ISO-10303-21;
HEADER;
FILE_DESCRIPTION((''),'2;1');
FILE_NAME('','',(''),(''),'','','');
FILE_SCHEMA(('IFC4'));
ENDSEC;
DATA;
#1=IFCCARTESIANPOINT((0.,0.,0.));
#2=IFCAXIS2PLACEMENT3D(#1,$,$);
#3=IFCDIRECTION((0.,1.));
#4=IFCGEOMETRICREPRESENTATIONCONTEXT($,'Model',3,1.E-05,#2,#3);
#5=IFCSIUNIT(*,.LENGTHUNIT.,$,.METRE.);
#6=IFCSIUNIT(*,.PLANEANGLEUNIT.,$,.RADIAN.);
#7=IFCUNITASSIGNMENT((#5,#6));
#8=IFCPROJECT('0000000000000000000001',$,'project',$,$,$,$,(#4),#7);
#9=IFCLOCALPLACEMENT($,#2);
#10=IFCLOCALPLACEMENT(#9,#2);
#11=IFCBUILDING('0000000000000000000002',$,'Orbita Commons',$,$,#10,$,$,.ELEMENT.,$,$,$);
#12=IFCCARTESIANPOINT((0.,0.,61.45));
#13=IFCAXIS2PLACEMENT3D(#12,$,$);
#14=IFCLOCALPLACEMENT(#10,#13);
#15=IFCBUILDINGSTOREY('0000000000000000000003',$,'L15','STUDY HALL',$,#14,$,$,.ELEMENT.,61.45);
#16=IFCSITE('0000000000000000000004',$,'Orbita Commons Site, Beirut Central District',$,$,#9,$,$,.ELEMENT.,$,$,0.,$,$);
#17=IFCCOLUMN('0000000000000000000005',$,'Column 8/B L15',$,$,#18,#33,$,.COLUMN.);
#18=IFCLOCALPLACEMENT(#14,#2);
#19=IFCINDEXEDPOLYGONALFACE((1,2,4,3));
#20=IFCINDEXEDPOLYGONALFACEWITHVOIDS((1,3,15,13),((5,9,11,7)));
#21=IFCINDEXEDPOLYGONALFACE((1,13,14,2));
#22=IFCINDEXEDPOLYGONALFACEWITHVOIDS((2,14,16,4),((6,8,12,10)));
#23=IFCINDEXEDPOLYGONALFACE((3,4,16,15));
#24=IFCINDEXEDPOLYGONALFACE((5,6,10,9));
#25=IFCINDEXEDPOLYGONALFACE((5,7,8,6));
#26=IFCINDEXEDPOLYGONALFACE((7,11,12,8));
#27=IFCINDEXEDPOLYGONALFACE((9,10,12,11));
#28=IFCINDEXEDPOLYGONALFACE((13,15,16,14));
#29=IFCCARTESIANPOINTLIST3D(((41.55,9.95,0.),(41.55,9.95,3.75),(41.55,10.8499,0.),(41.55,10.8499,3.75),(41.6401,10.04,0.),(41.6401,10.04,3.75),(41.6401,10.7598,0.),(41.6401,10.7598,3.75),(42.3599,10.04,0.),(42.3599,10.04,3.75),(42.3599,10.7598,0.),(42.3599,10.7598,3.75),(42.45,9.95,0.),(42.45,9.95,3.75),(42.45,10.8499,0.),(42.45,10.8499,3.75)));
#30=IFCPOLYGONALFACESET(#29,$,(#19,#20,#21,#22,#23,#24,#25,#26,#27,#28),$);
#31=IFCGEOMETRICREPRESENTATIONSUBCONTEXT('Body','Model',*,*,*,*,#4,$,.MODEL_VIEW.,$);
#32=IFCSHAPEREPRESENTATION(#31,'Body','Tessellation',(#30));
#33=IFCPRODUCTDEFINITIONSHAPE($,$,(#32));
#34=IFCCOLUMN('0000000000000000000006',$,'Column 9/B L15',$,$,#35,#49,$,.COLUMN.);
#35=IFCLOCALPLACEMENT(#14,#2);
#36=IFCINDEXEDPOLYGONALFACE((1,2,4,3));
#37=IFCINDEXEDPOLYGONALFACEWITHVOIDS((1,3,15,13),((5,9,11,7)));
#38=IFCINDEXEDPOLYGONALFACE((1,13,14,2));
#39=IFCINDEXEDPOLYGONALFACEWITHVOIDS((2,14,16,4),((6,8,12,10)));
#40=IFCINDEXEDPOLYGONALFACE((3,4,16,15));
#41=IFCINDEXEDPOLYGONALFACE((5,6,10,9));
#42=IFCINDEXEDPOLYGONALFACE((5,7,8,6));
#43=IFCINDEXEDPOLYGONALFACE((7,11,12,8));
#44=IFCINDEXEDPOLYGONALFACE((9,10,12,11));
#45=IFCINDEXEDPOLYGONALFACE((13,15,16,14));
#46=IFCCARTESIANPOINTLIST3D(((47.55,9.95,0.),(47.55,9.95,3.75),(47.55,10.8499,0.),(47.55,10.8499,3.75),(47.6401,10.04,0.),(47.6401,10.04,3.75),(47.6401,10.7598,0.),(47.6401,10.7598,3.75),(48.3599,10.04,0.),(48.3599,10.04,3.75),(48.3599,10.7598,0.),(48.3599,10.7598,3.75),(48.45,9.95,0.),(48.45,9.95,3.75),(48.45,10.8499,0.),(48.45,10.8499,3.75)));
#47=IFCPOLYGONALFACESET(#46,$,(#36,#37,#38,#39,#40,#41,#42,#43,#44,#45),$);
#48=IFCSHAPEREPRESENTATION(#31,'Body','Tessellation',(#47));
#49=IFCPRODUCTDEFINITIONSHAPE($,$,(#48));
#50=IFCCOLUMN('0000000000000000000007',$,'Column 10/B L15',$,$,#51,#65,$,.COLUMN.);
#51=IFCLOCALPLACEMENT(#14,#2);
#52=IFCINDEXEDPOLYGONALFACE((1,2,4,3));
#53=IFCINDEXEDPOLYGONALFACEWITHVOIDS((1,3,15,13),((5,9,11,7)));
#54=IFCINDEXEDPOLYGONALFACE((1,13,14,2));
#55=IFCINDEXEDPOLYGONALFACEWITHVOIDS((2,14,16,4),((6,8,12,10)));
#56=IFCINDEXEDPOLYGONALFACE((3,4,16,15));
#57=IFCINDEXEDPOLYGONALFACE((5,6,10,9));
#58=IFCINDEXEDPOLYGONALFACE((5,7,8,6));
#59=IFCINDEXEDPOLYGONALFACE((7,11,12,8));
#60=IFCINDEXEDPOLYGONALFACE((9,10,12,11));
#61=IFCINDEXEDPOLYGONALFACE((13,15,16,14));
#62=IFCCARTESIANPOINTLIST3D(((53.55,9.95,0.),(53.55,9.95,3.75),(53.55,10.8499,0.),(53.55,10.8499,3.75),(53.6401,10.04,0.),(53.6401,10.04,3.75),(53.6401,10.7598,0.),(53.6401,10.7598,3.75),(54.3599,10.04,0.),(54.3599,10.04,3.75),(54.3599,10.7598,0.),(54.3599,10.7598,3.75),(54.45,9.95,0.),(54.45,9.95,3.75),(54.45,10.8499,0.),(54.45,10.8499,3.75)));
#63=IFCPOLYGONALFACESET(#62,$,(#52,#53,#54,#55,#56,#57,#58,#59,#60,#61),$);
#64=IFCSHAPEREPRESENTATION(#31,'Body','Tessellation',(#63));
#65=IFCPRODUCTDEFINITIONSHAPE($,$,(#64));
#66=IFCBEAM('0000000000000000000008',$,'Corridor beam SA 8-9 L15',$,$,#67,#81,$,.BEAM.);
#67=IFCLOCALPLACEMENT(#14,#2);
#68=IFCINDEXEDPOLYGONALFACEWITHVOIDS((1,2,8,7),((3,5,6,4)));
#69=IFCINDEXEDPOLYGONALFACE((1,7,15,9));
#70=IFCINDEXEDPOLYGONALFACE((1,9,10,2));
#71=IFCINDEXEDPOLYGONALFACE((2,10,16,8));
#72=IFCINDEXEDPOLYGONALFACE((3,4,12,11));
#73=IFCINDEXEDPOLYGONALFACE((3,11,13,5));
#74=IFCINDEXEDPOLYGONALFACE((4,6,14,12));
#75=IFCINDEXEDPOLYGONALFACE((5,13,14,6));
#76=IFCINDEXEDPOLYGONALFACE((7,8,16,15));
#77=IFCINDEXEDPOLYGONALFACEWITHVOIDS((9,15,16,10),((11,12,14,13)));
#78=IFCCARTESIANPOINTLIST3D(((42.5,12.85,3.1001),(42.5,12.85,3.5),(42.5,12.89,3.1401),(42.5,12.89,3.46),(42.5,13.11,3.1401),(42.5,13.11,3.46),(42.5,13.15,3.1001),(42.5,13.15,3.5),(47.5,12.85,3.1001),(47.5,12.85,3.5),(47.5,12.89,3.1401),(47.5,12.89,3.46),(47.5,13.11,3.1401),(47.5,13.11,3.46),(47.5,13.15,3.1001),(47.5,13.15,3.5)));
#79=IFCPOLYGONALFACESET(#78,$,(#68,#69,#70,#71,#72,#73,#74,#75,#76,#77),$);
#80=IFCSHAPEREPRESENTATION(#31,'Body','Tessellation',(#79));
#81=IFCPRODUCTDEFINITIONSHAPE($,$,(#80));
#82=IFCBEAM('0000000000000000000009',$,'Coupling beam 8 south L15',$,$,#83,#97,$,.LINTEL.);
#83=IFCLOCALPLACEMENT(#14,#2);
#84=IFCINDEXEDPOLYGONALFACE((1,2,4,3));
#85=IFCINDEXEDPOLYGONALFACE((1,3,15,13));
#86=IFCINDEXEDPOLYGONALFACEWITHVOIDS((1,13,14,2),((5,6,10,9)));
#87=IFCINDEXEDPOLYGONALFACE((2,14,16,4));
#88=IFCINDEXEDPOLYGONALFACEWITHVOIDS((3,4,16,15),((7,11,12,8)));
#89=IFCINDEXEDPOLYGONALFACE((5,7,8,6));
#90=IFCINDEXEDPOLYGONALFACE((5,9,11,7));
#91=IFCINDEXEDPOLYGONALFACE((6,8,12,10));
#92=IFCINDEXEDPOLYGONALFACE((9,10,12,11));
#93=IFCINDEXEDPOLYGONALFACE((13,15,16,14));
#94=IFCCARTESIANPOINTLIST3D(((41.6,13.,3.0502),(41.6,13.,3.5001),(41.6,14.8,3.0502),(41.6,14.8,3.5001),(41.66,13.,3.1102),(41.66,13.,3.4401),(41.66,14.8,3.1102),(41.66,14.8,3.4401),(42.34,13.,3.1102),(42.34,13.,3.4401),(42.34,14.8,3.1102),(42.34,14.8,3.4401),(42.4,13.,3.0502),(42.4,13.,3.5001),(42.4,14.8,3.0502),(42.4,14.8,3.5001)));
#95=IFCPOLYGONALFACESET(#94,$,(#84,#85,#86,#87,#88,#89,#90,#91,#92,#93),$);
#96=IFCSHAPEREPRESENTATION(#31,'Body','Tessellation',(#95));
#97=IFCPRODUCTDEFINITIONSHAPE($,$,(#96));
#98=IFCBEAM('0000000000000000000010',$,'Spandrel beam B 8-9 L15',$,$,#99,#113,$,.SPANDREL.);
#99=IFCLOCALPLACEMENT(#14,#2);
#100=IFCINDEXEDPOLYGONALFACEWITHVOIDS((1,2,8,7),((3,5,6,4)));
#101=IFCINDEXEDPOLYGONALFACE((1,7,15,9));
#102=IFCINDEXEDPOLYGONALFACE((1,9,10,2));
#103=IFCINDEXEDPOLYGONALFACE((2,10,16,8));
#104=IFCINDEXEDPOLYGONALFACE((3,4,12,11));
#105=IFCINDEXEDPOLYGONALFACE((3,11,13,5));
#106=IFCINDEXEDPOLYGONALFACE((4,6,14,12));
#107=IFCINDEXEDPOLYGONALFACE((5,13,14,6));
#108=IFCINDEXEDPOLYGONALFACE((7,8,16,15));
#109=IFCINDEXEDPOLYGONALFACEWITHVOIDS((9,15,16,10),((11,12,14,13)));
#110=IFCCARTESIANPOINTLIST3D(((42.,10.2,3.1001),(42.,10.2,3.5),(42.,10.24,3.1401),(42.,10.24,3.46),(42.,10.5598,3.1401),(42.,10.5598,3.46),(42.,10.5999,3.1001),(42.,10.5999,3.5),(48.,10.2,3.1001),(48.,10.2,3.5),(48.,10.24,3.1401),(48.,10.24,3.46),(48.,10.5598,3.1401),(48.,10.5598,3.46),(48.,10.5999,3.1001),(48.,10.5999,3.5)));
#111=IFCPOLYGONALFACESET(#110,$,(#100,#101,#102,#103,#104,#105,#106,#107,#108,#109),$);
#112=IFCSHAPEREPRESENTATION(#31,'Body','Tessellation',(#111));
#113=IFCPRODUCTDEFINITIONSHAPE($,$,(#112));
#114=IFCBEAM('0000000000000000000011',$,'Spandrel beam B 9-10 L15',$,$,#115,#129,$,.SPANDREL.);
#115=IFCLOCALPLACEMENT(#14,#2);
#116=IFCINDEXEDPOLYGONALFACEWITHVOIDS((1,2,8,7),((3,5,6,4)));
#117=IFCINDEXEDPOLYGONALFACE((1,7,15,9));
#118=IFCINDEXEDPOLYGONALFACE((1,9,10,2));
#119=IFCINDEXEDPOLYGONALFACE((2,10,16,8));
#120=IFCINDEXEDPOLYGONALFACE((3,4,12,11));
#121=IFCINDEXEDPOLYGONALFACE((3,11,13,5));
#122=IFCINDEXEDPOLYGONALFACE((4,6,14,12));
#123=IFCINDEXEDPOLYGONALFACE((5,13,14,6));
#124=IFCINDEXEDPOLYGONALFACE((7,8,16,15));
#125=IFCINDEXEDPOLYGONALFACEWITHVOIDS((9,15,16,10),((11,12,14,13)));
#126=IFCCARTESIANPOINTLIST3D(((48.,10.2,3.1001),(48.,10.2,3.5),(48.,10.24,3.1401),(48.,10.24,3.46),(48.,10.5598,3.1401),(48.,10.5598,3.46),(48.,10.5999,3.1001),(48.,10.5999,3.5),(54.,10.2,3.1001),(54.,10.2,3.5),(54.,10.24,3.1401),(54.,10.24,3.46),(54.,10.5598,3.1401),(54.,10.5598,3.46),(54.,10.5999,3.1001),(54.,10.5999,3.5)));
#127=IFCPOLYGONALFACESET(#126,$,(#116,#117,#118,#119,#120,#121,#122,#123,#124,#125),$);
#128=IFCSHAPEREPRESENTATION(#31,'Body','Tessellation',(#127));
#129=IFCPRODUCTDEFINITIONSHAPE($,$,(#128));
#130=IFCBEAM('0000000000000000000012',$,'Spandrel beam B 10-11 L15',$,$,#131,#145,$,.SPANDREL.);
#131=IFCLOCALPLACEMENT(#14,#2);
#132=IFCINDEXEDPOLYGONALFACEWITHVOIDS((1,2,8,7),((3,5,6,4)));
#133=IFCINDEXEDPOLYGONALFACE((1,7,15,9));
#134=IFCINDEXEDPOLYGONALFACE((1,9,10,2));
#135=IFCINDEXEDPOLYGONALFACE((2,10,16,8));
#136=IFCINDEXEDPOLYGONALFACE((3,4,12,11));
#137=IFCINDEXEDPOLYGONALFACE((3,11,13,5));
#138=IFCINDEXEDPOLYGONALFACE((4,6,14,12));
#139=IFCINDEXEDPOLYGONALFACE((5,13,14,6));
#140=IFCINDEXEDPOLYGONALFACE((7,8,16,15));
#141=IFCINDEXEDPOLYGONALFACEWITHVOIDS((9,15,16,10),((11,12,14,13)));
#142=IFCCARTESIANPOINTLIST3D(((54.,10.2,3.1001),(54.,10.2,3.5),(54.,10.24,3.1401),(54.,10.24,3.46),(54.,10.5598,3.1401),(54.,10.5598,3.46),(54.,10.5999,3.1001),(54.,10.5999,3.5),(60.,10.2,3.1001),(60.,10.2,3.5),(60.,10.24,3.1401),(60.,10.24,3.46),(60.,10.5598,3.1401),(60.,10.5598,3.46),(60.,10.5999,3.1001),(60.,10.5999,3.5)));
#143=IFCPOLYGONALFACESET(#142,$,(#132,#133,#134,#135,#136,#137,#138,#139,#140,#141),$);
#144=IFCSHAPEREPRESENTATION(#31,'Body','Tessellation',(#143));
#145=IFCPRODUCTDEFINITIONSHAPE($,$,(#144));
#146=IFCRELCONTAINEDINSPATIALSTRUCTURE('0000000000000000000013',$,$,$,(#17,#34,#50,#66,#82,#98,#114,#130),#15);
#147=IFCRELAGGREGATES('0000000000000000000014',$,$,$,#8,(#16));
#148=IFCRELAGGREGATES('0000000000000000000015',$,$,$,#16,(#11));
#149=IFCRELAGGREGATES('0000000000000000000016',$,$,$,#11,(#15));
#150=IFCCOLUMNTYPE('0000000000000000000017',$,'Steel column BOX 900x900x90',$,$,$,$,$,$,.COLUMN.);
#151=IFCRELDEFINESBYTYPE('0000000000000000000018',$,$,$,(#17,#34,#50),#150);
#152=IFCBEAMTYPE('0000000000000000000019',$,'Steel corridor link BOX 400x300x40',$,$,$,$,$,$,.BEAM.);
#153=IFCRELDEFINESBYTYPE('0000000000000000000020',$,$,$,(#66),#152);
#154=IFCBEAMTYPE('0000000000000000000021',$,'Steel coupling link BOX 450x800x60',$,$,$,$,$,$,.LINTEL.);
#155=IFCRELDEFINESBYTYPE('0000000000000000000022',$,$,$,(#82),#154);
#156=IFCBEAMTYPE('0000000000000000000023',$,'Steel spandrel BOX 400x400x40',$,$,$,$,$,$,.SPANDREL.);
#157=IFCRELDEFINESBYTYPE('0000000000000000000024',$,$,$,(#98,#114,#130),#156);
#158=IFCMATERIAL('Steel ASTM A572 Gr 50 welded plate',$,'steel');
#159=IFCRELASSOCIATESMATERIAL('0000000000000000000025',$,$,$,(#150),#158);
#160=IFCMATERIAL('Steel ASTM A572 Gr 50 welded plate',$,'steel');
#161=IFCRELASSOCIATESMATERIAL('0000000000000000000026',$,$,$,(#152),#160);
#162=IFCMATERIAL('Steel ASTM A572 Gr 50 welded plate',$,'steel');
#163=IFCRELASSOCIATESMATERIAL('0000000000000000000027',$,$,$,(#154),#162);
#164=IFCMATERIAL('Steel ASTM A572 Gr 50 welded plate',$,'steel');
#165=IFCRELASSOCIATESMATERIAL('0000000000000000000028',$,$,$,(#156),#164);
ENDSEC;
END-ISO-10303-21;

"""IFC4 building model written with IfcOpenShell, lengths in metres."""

from ifc_helpers import new_model, si_unit, direction, frame, origin, origin_2d, place, context, subcontext, project, spatial, hollow_rectangle, extrude, material, material_profile, profile_set, type_object, element, save


model = new_model("IFC4")

# Units and contexts
model_context = context("Model", 3, precision=1e-05, world=origin(), true_north=direction((0.0, 1.0)))
body_context = subcontext(model_context, "Body", "Model", "MODEL_VIEW")
ifc_project = project(units=[si_unit("LENGTHUNIT", "METRE"), si_unit("PLANEANGLEUNIT", "RADIAN")], contexts=[model_context])

# Site, building, storey
site_placement = place(None, origin())
site = spatial("IfcSite", under=ifc_project, at=site_placement, Name="Orbita Commons Site, Beirut Central District", CompositionType="ELEMENT", RefElevation=0.0)
building_placement = place(site_placement, origin())
building = spatial("IfcBuilding", under=site, at=building_placement, Name="Orbita Commons", CompositionType="ELEMENT")
storey_placement = place(building_placement, frame((0.0, 0.0, 61.45)))
storey = spatial("IfcBuildingStorey", under=building, at=storey_placement, Name="L15", Description="STUDY HALL", CompositionType="ELEMENT", Elevation=61.45)

# Columns
ifc_material_1 = material(Name="Steel ASTM A572 Gr 50 welded plate", Category="steel")
ifc_material_profile_1 = material_profile(ifc_material_1, hollow_rectangle(XDim=0.8999, YDim=0.8999, WallThickness=0.0901, at=origin_2d()), Name="BOX 900x900x90")
ifc_profile_set_1 = profile_set([ifc_material_profile_1], Name="Steel ASTM A572 Gr 50 welded plate")
column_type = type_object("IfcColumnType", Name="Steel column BOX 900x900x90", PredefinedType="COLUMN", material=ifc_profile_set_1)
for number, where, z_axis, x_axis, name in (
    (1, (42.0, 10.3999, 0.0), (0.0, 0.0, 1.0), (1.0, 0.0, 0.0), "Column 8/B L15"),
    (2, (48.0, 10.3999, 0.0), (0.0, 0.0, 1.0), (1.0, 0.0, 0.0), "Column 9/B L15"),
    (3, (54.0, 10.3999, 0.0), (0.0, 0.0, 1.0), (1.0, 0.0, 0.0), "Column 10/B L15"),
):
    element("IfcColumn", number, at=place(storey_placement, frame(where, z_axis=z_axis, x_axis=x_axis)), inside=storey, type_object=column_type, Name=name, PredefinedType="COLUMN", context=body_context, shape_type="SweptSolid", body=[
        extrude(hollow_rectangle(XDim=0.8999, YDim=0.8999, WallThickness=0.0901, at=origin_2d()), origin(), (0.0, 0.0, 1.0), 3.75),
    ])

# Beams
ifc_material_2 = material(Name="Steel ASTM A572 Gr 50 welded plate", Category="steel")
ifc_material_profile_2 = material_profile(ifc_material_2, hollow_rectangle(XDim=0.3, YDim=0.3999, WallThickness=0.04, at=origin_2d()), Name="BOX 400x300x40")
ifc_profile_set_2 = profile_set([ifc_material_profile_2], Name="Steel ASTM A572 Gr 50 welded plate")
beam_type_1 = type_object("IfcBeamType", Name="Steel corridor link BOX 400x300x40", PredefinedType="BEAM", material=ifc_profile_set_2)
beam_1_placement = place(storey_placement, frame((42.5, 13.0, 3.3), z_axis=(1.0, 0.0, 0.0), x_axis=(0.0, 1.0, 0.0)))
element("IfcBeam", 4, at=beam_1_placement, inside=storey, type_object=beam_type_1, Name="Corridor beam SA 8-9 L15", PredefinedType="BEAM", context=body_context, shape_type="SweptSolid", body=[
    extrude(hollow_rectangle(XDim=0.3, YDim=0.3999, WallThickness=0.04, at=origin_2d()), origin(), (0.0, 0.0, 1.0), 5.0),
])
ifc_material_3 = material(Name="Steel ASTM A572 Gr 50 welded plate", Category="steel")
ifc_material_profile_3 = material_profile(ifc_material_3, hollow_rectangle(XDim=0.8, YDim=0.45, WallThickness=0.0601, at=origin_2d()), Name="BOX 450x800x60")
ifc_profile_set_3 = profile_set([ifc_material_profile_3], Name="Steel ASTM A572 Gr 50 welded plate")
beam_type_2 = type_object("IfcBeamType", Name="Steel coupling link BOX 450x800x60", PredefinedType="LINTEL", material=ifc_profile_set_3)
beam_2_placement = place(storey_placement, frame((42.0, 13.0, 3.2751), z_axis=(0.0, 1.0, 0.0), x_axis=(-1.0, 0.0, 0.0)))
element("IfcBeam", 5, at=beam_2_placement, inside=storey, type_object=beam_type_2, Name="Coupling beam 8 south L15", PredefinedType="LINTEL", context=body_context, shape_type="SweptSolid", body=[
    extrude(hollow_rectangle(XDim=0.8, YDim=0.45, WallThickness=0.0601, at=origin_2d()), origin(), (0.0, 0.0, 1.0), 1.8),
])
ifc_material_4 = material(Name="Steel ASTM A572 Gr 50 welded plate", Category="steel")
ifc_material_profile_4 = material_profile(ifc_material_4, hollow_rectangle(XDim=0.3999, YDim=0.3999, WallThickness=0.04, at=origin_2d()), Name="BOX 400x400x40")
ifc_profile_set_4 = profile_set([ifc_material_profile_4], Name="Steel ASTM A572 Gr 50 welded plate")
beam_type_3 = type_object("IfcBeamType", Name="Steel spandrel BOX 400x400x40", PredefinedType="SPANDREL", material=ifc_profile_set_4)
for number, where, z_axis, x_axis, name in (
    (6, (42.0, 10.3999, 3.3), (1.0, 0.0, 0.0), (0.0, 1.0, 0.0), "Spandrel beam B 8-9 L15"),
    (7, (48.0, 10.3999, 3.3), (1.0, 0.0, 0.0), (0.0, 1.0, 0.0), "Spandrel beam B 9-10 L15"),
    (8, (54.0, 10.3999, 3.3), (1.0, 0.0, 0.0), (0.0, 1.0, 0.0), "Spandrel beam B 10-11 L15"),
):
    element("IfcBeam", number, at=place(storey_placement, frame(where, z_axis=z_axis, x_axis=x_axis)), inside=storey, type_object=beam_type_3, Name=name, PredefinedType="SPANDREL", context=body_context, shape_type="SweptSolid", body=[
        extrude(hollow_rectangle(XDim=0.3999, YDim=0.3999, WallThickness=0.04, at=origin_2d()), origin(), (0.0, 0.0, 1.0), 6.0),
    ])

save(model, "model.ifc")
